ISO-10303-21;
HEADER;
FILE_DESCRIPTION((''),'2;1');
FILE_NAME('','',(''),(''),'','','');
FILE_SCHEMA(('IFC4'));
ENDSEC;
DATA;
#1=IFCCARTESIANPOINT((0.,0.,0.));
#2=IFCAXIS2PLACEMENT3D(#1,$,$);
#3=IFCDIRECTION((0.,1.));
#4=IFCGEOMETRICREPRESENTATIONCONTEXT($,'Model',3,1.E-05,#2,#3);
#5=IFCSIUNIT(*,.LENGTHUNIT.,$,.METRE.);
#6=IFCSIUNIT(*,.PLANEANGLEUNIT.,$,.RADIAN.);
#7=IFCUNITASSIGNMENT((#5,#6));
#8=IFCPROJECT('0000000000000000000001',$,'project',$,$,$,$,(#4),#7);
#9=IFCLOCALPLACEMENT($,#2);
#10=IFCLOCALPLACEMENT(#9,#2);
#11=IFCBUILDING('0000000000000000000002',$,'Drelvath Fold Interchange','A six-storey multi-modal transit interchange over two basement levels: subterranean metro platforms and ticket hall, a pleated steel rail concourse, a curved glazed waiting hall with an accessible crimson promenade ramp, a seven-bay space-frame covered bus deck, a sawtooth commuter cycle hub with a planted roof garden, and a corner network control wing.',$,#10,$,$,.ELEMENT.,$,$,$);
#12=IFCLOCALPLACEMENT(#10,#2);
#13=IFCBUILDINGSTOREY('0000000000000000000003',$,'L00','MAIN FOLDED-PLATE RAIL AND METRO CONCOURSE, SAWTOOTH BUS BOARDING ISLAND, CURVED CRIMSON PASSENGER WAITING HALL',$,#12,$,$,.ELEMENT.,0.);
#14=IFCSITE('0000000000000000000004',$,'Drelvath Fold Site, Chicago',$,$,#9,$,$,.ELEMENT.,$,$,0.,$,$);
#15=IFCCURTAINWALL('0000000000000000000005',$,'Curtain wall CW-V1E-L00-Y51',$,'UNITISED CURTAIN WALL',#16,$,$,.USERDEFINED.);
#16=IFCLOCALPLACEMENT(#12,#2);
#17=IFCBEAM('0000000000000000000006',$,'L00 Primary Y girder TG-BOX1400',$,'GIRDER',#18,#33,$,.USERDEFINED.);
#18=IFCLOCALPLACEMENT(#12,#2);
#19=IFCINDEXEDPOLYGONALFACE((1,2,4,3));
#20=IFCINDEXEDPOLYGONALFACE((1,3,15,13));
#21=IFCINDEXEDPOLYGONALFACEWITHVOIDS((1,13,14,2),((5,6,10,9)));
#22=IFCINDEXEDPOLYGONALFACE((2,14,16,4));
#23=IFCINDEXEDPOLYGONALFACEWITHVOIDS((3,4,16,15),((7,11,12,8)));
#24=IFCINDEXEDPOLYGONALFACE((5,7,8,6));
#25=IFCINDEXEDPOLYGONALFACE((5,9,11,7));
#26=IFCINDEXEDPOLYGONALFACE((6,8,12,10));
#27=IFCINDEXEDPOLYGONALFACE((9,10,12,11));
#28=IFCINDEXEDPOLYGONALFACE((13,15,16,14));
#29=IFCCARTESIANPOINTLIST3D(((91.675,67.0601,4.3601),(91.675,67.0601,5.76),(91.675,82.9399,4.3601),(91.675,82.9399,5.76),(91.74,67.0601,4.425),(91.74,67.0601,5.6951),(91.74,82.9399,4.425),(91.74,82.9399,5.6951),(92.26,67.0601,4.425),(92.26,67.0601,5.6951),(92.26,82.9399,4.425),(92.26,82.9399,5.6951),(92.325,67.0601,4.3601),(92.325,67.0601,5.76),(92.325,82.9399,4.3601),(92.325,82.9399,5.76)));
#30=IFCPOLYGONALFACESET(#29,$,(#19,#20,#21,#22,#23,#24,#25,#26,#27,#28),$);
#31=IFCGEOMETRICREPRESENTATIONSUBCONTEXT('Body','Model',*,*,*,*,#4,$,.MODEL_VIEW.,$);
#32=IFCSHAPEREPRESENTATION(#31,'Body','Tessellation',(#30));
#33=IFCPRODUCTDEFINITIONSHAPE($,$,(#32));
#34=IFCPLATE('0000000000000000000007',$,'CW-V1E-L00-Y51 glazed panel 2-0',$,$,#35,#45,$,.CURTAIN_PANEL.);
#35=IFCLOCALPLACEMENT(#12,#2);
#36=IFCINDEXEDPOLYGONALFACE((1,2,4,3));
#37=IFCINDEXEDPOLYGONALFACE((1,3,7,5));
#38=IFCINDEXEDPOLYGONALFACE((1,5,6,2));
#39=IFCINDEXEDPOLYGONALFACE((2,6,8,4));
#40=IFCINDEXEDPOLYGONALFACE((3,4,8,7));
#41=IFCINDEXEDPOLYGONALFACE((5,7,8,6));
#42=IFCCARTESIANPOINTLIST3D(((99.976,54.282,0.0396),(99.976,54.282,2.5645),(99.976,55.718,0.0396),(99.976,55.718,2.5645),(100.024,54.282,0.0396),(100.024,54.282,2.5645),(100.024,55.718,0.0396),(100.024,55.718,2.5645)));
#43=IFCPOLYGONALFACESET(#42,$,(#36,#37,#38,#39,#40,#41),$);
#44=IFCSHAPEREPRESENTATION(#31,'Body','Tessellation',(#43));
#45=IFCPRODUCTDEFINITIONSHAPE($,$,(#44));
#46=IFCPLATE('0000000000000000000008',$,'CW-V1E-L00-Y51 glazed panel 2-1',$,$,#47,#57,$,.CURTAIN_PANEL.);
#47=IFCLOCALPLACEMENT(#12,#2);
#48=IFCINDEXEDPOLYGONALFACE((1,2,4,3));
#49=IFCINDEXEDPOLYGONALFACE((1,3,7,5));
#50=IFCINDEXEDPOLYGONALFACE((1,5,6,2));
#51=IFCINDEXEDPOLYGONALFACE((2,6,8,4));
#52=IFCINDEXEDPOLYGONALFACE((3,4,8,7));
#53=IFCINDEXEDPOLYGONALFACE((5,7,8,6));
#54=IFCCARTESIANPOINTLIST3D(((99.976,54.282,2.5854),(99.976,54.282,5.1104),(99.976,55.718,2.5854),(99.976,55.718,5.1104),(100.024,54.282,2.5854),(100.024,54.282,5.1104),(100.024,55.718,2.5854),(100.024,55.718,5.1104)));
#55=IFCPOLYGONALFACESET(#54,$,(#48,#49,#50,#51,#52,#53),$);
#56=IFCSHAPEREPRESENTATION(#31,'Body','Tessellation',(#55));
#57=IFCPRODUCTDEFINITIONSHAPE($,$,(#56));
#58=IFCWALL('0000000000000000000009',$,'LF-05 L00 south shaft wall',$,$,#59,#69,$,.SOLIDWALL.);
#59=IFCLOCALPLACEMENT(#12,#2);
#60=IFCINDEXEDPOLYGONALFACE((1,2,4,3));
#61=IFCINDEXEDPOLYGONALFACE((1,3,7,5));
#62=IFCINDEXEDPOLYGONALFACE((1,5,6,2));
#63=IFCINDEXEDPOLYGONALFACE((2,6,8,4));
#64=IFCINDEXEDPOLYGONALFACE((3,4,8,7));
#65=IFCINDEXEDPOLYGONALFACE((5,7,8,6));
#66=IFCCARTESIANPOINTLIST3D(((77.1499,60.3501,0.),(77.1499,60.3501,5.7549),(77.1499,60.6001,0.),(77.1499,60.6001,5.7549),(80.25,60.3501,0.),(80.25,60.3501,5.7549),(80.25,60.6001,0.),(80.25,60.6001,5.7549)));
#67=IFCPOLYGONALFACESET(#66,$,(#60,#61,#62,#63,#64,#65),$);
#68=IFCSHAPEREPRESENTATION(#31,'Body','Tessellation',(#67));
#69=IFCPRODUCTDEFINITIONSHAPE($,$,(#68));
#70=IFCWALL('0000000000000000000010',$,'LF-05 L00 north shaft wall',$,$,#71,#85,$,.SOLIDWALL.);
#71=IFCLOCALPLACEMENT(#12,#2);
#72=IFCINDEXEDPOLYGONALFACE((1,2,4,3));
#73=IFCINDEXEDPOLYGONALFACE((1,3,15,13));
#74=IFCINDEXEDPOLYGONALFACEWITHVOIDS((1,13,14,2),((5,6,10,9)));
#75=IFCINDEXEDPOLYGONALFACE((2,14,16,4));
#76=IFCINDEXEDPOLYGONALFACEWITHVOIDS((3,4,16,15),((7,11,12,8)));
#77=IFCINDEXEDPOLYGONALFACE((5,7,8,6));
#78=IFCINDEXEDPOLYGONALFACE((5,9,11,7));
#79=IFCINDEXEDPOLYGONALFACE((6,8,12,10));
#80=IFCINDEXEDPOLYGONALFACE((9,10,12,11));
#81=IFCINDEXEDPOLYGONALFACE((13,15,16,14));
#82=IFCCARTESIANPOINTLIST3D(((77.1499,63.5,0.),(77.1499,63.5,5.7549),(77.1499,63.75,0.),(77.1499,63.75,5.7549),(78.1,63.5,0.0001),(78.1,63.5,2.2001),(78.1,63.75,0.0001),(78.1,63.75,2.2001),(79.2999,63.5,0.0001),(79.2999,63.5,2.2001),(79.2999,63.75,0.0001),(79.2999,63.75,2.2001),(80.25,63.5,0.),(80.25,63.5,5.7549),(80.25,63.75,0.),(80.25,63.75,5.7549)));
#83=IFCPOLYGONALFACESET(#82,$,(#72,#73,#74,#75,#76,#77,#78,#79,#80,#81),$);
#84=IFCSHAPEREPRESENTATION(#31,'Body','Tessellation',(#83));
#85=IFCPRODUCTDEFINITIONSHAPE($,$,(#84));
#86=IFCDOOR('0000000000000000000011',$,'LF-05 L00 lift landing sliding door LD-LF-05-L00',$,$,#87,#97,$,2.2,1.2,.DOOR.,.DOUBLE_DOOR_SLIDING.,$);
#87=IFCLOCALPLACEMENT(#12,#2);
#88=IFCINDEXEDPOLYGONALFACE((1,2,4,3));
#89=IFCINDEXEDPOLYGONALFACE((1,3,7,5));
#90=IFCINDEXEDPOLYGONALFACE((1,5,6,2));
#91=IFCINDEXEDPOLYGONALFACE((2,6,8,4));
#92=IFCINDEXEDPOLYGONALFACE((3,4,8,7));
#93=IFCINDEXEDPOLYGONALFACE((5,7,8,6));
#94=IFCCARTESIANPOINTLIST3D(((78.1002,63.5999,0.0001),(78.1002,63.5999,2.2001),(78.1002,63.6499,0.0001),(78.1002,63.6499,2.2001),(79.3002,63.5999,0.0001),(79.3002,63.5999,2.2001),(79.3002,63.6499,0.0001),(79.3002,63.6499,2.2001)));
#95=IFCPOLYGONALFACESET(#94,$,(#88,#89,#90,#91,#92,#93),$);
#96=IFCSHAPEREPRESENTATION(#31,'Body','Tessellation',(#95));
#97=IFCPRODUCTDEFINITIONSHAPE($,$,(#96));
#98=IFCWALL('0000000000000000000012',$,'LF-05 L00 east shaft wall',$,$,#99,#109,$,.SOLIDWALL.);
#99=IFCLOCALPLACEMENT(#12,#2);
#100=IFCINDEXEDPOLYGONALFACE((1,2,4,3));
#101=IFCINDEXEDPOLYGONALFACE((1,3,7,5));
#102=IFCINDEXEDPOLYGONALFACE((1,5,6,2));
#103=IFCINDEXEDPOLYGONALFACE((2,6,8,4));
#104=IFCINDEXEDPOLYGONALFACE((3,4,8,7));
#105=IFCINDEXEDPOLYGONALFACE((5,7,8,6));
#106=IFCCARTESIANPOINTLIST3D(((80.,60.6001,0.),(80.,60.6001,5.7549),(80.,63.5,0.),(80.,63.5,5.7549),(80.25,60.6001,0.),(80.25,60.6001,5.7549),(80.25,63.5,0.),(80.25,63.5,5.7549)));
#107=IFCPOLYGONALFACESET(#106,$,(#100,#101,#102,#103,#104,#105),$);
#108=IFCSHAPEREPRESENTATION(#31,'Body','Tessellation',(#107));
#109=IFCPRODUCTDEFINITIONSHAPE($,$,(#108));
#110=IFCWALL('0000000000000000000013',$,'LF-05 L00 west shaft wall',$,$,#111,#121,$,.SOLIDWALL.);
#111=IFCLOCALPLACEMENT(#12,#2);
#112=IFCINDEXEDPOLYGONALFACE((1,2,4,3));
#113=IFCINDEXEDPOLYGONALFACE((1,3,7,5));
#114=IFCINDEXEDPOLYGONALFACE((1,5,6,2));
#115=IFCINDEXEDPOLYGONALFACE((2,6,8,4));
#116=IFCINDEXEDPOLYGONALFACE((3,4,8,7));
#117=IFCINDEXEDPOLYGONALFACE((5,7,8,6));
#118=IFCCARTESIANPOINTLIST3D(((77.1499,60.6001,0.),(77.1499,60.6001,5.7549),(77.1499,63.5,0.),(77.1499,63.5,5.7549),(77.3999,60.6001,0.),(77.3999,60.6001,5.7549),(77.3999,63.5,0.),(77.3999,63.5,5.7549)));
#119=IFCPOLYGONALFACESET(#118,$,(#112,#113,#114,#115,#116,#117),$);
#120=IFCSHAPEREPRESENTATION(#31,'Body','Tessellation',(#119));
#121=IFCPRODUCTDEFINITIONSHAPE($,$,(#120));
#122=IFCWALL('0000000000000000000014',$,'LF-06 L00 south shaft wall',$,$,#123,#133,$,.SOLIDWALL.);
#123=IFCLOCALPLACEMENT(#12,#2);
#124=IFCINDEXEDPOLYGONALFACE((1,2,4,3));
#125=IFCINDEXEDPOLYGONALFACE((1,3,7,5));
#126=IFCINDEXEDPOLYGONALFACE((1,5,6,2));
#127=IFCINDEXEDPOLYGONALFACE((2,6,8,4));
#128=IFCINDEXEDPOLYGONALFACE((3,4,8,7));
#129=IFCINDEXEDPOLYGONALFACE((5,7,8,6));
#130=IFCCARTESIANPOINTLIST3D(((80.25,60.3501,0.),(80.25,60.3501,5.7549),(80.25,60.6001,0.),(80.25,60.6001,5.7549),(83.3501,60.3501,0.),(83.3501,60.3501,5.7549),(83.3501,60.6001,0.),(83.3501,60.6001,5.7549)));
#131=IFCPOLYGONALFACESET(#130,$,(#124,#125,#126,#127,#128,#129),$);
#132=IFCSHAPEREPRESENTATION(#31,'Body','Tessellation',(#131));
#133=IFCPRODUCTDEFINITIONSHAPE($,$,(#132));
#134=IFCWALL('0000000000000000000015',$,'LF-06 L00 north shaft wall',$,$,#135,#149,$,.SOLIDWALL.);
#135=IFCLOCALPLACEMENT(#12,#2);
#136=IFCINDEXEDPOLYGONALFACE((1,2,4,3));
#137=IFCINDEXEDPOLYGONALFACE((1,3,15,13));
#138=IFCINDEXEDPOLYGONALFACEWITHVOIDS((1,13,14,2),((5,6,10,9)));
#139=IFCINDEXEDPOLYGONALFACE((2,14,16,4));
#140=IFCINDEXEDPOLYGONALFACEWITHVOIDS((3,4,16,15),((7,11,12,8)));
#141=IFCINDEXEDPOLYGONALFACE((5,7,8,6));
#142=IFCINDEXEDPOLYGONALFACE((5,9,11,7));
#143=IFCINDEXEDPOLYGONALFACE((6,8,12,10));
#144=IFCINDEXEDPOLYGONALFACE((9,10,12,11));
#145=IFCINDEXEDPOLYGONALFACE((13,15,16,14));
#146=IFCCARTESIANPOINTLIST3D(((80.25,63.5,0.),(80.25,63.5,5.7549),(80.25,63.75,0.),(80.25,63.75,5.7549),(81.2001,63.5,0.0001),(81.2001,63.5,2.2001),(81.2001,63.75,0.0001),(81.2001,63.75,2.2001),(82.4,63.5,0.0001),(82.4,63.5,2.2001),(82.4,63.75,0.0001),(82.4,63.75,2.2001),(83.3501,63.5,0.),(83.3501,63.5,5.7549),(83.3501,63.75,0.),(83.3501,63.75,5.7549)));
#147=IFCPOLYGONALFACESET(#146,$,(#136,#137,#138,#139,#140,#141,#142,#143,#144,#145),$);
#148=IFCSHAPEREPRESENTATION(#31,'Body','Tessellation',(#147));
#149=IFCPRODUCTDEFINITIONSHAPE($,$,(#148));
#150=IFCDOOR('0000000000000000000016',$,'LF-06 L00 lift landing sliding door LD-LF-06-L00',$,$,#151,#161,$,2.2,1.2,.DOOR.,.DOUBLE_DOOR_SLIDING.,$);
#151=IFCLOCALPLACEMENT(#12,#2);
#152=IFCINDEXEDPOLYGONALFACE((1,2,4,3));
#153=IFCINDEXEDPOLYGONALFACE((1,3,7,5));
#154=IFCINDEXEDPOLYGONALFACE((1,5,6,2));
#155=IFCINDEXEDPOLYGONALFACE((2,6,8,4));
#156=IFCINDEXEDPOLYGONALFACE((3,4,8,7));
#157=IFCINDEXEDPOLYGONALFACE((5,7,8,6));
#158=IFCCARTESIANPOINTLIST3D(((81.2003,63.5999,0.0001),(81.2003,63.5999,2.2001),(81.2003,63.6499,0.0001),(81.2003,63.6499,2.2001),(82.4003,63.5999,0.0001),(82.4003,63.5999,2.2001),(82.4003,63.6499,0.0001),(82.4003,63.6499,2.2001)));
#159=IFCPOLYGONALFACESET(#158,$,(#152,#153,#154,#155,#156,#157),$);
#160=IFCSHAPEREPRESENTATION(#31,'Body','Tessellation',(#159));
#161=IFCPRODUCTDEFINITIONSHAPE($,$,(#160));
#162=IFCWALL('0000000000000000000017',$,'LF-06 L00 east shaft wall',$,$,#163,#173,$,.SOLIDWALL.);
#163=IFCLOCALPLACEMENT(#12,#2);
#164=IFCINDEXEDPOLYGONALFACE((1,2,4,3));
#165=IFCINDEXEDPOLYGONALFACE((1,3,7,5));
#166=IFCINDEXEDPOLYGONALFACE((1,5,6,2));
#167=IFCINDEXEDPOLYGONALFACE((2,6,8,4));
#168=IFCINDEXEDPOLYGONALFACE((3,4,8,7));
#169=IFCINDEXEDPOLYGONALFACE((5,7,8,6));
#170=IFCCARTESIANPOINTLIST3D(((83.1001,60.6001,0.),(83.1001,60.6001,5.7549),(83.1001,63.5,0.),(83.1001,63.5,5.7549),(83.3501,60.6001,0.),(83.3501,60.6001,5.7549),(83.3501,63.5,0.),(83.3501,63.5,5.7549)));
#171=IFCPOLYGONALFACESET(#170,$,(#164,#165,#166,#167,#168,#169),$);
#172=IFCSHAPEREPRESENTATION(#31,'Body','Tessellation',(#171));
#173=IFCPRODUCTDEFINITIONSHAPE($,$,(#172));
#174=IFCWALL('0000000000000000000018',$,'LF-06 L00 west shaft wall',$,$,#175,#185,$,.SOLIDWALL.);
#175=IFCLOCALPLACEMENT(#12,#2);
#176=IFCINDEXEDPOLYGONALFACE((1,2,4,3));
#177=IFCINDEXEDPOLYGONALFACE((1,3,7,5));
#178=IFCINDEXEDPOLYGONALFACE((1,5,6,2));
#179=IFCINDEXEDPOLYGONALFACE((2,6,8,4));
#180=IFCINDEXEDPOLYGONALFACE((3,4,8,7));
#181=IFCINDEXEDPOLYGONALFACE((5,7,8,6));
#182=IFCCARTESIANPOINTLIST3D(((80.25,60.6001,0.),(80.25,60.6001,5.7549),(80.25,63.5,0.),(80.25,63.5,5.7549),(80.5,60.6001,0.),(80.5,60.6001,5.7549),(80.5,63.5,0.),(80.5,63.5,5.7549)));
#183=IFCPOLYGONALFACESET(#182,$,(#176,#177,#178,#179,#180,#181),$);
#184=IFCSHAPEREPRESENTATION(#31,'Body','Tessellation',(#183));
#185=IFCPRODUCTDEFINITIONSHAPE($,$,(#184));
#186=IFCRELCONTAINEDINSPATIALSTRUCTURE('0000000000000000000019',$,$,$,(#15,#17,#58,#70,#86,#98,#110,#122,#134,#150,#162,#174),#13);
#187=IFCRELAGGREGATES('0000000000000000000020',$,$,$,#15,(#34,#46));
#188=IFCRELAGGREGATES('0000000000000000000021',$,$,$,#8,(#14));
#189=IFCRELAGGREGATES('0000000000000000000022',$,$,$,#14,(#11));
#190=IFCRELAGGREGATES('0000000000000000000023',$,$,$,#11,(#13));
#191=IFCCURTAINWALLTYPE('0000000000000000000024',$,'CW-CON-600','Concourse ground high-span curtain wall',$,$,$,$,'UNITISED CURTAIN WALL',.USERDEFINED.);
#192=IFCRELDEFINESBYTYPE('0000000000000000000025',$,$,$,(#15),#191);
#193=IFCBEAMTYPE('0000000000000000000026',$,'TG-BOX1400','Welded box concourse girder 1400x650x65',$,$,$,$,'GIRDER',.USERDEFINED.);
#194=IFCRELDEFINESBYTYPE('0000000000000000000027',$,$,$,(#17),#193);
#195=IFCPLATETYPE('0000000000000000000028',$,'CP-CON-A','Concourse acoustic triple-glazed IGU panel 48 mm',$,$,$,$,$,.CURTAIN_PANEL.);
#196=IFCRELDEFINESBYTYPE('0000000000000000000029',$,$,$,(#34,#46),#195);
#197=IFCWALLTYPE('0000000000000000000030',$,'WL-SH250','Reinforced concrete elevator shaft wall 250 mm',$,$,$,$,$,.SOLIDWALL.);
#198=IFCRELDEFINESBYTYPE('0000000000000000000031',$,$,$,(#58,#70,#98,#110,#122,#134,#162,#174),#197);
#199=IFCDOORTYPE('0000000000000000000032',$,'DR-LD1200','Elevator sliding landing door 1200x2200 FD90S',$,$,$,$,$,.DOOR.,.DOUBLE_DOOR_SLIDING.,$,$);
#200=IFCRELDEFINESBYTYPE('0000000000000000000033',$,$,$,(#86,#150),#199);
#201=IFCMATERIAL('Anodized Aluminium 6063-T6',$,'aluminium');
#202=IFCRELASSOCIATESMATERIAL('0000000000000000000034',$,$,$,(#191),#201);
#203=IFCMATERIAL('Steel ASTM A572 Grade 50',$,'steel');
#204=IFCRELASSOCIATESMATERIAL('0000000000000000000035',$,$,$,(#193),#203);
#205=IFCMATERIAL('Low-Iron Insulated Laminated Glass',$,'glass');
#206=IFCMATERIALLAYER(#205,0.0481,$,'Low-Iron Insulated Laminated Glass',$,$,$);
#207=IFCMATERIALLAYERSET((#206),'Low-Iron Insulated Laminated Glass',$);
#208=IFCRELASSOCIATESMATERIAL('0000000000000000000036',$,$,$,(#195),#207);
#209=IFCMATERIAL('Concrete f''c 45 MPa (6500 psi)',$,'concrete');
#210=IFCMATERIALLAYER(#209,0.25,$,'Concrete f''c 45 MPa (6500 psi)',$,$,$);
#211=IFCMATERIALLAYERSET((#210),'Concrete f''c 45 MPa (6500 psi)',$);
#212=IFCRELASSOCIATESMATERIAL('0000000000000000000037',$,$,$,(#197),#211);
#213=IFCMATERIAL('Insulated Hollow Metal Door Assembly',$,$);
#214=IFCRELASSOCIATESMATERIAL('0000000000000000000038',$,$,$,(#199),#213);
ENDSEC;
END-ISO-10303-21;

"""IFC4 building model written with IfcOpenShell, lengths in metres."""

from ifc_helpers import new_model, si_unit, direction, frame, frame_2d, origin, origin_2d, place, context, subcontext, project, spatial, rectangle, hollow_rectangle, extrude, material, layer, layer_set, material_profile, profile_set, type_object, element, fill, aggregate, save


model = new_model("IFC4")

# Units and contexts
model_context = context("Model", 3, precision=1e-05, world=origin(), true_north=direction((0.0, 1.0)))
body_context = subcontext(model_context, "Body", "Model", "MODEL_VIEW")
ifc_project = project(units=[si_unit("LENGTHUNIT", "METRE"), si_unit("PLANEANGLEUNIT", "RADIAN")], contexts=[model_context])

# Site, building, storey
site_placement = place(None, origin())
site = spatial("IfcSite", under=ifc_project, at=site_placement, Name="Drelvath Fold Site, Chicago", CompositionType="ELEMENT", RefElevation=0.0)
building_placement = place(site_placement, origin())
building = spatial("IfcBuilding", under=site, at=building_placement, Name="Drelvath Fold Interchange", Description="A six-storey multi-modal transit interchange over two basement levels: subterranean metro platforms and ticket hall, a pleated steel rail concourse, a curved glazed waiting hall with an accessible crimson promenade ramp, a seven-bay space-frame covered bus deck, a sawtooth commuter cycle hub with a planted roof garden, and a corner network control wing.", CompositionType="ELEMENT")
storey_placement = place(building_placement, origin())
storey = spatial("IfcBuildingStorey", under=building, at=storey_placement, Name="L00", Description="MAIN FOLDED-PLATE RAIL AND METRO CONCOURSE, SAWTOOTH BUS BOARDING ISLAND, CURVED CRIMSON PASSENGER WAITING HALL", CompositionType="ELEMENT", Elevation=0.0)

# Curtain wall
ifc_material_1 = material(Name="Anodized Aluminium 6063-T6", Category="aluminium")
curtain_wall_type = type_object("IfcCurtainWallType", Name="CW-CON-600", Description="Concourse ground high-span curtain wall", ElementType="UNITISED CURTAIN WALL", PredefinedType="USERDEFINED", material=ifc_material_1)
curtain_wall_placement = place(storey_placement, origin())
curtain_wall = element("IfcCurtainWall", 1, at=curtain_wall_placement, inside=storey, type_object=curtain_wall_type, Name="Curtain wall CW-V1E-L00-Y51", ObjectType="UNITISED CURTAIN WALL", PredefinedType="USERDEFINED")

# Beam
ifc_material_2 = material(Name="Steel ASTM A572 Grade 50", Category="steel")
ifc_material_profile_1 = material_profile(ifc_material_2, hollow_rectangle(XDim=0.6499, YDim=1.3999, WallThickness=0.0649, at=origin_2d()), Name="BOX 1400x650x65")
ifc_profile_set_1 = profile_set([ifc_material_profile_1], Name="Steel ASTM A572 Grade 50")
beam_type_1 = type_object("IfcBeamType", Name="TG-BOX1400", Description="Welded box concourse girder 1400x650x65", ElementType="GIRDER", PredefinedType="USERDEFINED", material=ifc_profile_set_1)
for number, where, z_axis, x_axis, name in (
    (2, (92.0, 67.0601, 5.0601), (0.0, 1.0, 0.0), (-1.0, 0.0, 0.0), "L00 Primary Y girder TG-BOX1400"),
):
    element("IfcBeam", number, at=place(storey_placement, frame(where, z_axis=z_axis, x_axis=x_axis)), inside=storey, type_object=beam_type_1, Name=name, ObjectType="GIRDER", PredefinedType="USERDEFINED", context=body_context, shape_type="SweptSolid", body=[
        extrude(hollow_rectangle(XDim=0.6499, YDim=1.3999, WallThickness=0.0649, at=origin_2d()), origin(), (0.0, 0.0, 1.0), 15.8799),
    ])

# Plates
ifc_material_3 = material(Name="Low-Iron Insulated Laminated Glass", Category="glass")
ifc_layer_1 = layer(ifc_material_3, 0.0481, Name="Low-Iron Insulated Laminated Glass")
ifc_layer_set_1 = layer_set([ifc_layer_1], Name="Low-Iron Insulated Laminated Glass")
plate_type = type_object("IfcPlateType", Name="CP-CON-A", Description="Concourse acoustic triple-glazed IGU panel 48 mm", PredefinedType="CURTAIN_PANEL", material=ifc_layer_set_1)
plate_1_placement = place(storey_placement, frame((100.0, 55.0, 0.0396), z_axis=(0.0, 0.0, 1.0), x_axis=(0.0, 1.0, 0.0)))
plate_1 = element("IfcPlate", 3, at=plate_1_placement, type_object=plate_type, Name="CW-V1E-L00-Y51 glazed panel 2-0", PredefinedType="CURTAIN_PANEL", context=body_context, shape_type="SweptSolid", body=[
    extrude(rectangle(XDim=1.436, YDim=0.0481, at=origin_2d()), origin(), (0.0, 0.0, 1.0), 2.5249),
])
plate_2_placement = place(storey_placement, frame((100.0, 55.0, 2.5854), z_axis=(0.0, 0.0, 1.0), x_axis=(0.0, 1.0, 0.0)))
plate_2 = element("IfcPlate", 4, at=plate_2_placement, type_object=plate_type, Name="CW-V1E-L00-Y51 glazed panel 2-1", PredefinedType="CURTAIN_PANEL", context=body_context, shape_type="SweptSolid", body=[
    extrude(rectangle(XDim=1.436, YDim=0.0481, at=origin_2d()), origin(), (0.0, 0.0, 1.0), 2.5249),
])
aggregate(curtain_wall, [plate_1, plate_2])

# Wall
ifc_material_4 = material(Name="Concrete f'c 45 MPa (6500 psi)", Category="concrete")
ifc_layer_2 = layer(ifc_material_4, 0.25, Name="Concrete f'c 45 MPa (6500 psi)")
ifc_layer_set_2 = layer_set([ifc_layer_2], Name="Concrete f'c 45 MPa (6500 psi)")
wall_type = type_object("IfcWallType", Name="WL-SH250", Description="Reinforced concrete elevator shaft wall 250 mm", PredefinedType="SOLIDWALL", material=ifc_layer_set_2)
wall_1_placement = place(storey_placement, frame((77.1499, 60.4751, 0.0), z_axis=(0.0, 0.0, 1.0), x_axis=(1.0, 0.0, 0.0)))
element("IfcWall", 5, at=wall_1_placement, inside=storey, type_object=wall_type, Name="LF-05 L00 south shaft wall", PredefinedType="SOLIDWALL", context=body_context, shape_type="SweptSolid", body=[
    extrude(rectangle(XDim=3.1001, YDim=0.25, at=frame_2d((1.55, 0.0))), origin(), (0.0, 0.0, 1.0), 5.7549),
])

# Wall, opening, door
wall_2_placement = place(storey_placement, frame((80.25, 63.625, 0.0), z_axis=(0.0, 0.0, 1.0), x_axis=(-1.0, 0.0, 0.0)))
wall_2 = element("IfcWall", 6, at=wall_2_placement, inside=storey, type_object=wall_type, Name="LF-05 L00 north shaft wall", PredefinedType="SOLIDWALL", context=body_context, shape_type="SweptSolid", body=[
    extrude(rectangle(XDim=3.1001, YDim=0.25, at=frame_2d((1.55, 0.0))), origin(), (0.0, 0.0, 1.0), 5.7549),
])
opening_1_placement = place(wall_2_placement, frame((0.95, 0.0, 0.0)))
opening_1 = element("IfcOpeningElement", 7, at=opening_1_placement, cuts=wall_2, PredefinedType="OPENING", context=body_context, shape_type="SweptSolid", body=[
    extrude(rectangle(XDim=1.2, YDim=2.2, at=frame_2d((0.6001, 1.1001))), frame((0.0, 0.135, 0.0), z_axis=(0.0, -1.0, 0.0), x_axis=(1.0, 0.0, 0.0)), (0.0, 0.0, 1.0), 0.27),
])
ifc_material_5 = material(Name="Insulated Hollow Metal Door Assembly")
door_type = type_object("IfcDoorType", Name="DR-LD1200", Description="Elevator sliding landing door 1200x2200 FD90S", OperationType="DOUBLE_DOOR_SLIDING", PredefinedType="DOOR", material=ifc_material_5)
door_1_placement = place(opening_1_placement, frame((1.2, 0.0, 0.0), z_axis=(0.0, 0.0, 1.0), x_axis=(-1.0, 0.0, 0.0)))
door_1 = element("IfcDoor", 8, at=door_1_placement, inside=storey, type_object=door_type, Name="LF-05 L00 lift landing sliding door LD-LF-05-L00", OperationType="DOUBLE_DOOR_SLIDING", OverallHeight=2.2, OverallWidth=1.2, PredefinedType="DOOR", context=body_context, shape_type="SweptSolid", body=[
    extrude(rectangle(XDim=1.2, YDim=2.2, at=frame_2d((0.6001, 1.1001))), frame((0.0, 0.0249, 0.0), z_axis=(0.0, -1.0, 0.0), x_axis=(1.0, 0.0, 0.0)), (0.0, 0.0, 1.0), 0.05),
])
fill(opening_1, door_1)

# Walls
for number, where, z_axis, x_axis, name in (
    (9, (80.125, 60.6001, 0.0), (0.0, 0.0, 1.0), (0.0, 1.0, 0.0), "LF-05 L00 east shaft wall"),
    (10, (77.2749, 63.5, 0.0), (0.0, 0.0, 1.0), (0.0, -1.0, 0.0), "LF-05 L00 west shaft wall"),
):
    element("IfcWall", number, at=place(storey_placement, frame(where, z_axis=z_axis, x_axis=x_axis)), inside=storey, type_object=wall_type, Name=name, PredefinedType="SOLIDWALL", context=body_context, shape_type="SweptSolid", body=[
        extrude(rectangle(XDim=2.8999, YDim=0.25, at=frame_2d((1.45, 0.0))), origin(), (0.0, 0.0, 1.0), 5.7549),
    ])
wall_3_placement = place(storey_placement, frame((80.25, 60.4751, 0.0), z_axis=(0.0, 0.0, 1.0), x_axis=(1.0, 0.0, 0.0)))
element("IfcWall", 11, at=wall_3_placement, inside=storey, type_object=wall_type, Name="LF-06 L00 south shaft wall", PredefinedType="SOLIDWALL", context=body_context, shape_type="SweptSolid", body=[
    extrude(rectangle(XDim=3.1001, YDim=0.25, at=frame_2d((1.55, 0.0))), origin(), (0.0, 0.0, 1.0), 5.7549),
])

# Wall, opening, door
wall_4_placement = place(storey_placement, frame((83.3501, 63.625, 0.0), z_axis=(0.0, 0.0, 1.0), x_axis=(-1.0, 0.0, 0.0)))
wall_4 = element("IfcWall", 12, at=wall_4_placement, inside=storey, type_object=wall_type, Name="LF-06 L00 north shaft wall", PredefinedType="SOLIDWALL", context=body_context, shape_type="SweptSolid", body=[
    extrude(rectangle(XDim=3.1001, YDim=0.25, at=frame_2d((1.55, 0.0))), origin(), (0.0, 0.0, 1.0), 5.7549),
])
opening_2_placement = place(wall_4_placement, frame((0.95, 0.0, 0.0)))
opening_2 = element("IfcOpeningElement", 13, at=opening_2_placement, cuts=wall_4, PredefinedType="OPENING", context=body_context, shape_type="SweptSolid", body=[
    extrude(rectangle(XDim=1.2, YDim=2.2, at=frame_2d((0.6001, 1.1001))), frame((0.0, 0.135, 0.0), z_axis=(0.0, -1.0, 0.0), x_axis=(1.0, 0.0, 0.0)), (0.0, 0.0, 1.0), 0.27),
])
door_2_placement = place(opening_2_placement, frame((1.2, 0.0, 0.0), z_axis=(0.0, 0.0, 1.0), x_axis=(-1.0, 0.0, 0.0)))
door_2 = element("IfcDoor", 14, at=door_2_placement, inside=storey, type_object=door_type, Name="LF-06 L00 lift landing sliding door LD-LF-06-L00", OperationType="DOUBLE_DOOR_SLIDING", OverallHeight=2.2, OverallWidth=1.2, PredefinedType="DOOR", context=body_context, shape_type="SweptSolid", body=[
    extrude(rectangle(XDim=1.2, YDim=2.2, at=frame_2d((0.6001, 1.1001))), frame((0.0, 0.0249, 0.0), z_axis=(0.0, -1.0, 0.0), x_axis=(1.0, 0.0, 0.0)), (0.0, 0.0, 1.0), 0.05),
])
fill(opening_2, door_2)

# Walls
for number, where, z_axis, x_axis, name in (
    (15, (83.2251, 60.6001, 0.0), (0.0, 0.0, 1.0), (0.0, 1.0, 0.0), "LF-06 L00 east shaft wall"),
    (16, (80.375, 63.5, 0.0), (0.0, 0.0, 1.0), (0.0, -1.0, 0.0), "LF-06 L00 west shaft wall"),
):
    element("IfcWall", number, at=place(storey_placement, frame(where, z_axis=z_axis, x_axis=x_axis)), inside=storey, type_object=wall_type, Name=name, PredefinedType="SOLIDWALL", context=body_context, shape_type="SweptSolid", body=[
        extrude(rectangle(XDim=2.8999, YDim=0.25, at=frame_2d((1.45, 0.0))), origin(), (0.0, 0.0, 1.0), 5.7549),
    ])

save(model, "model.ifc")
